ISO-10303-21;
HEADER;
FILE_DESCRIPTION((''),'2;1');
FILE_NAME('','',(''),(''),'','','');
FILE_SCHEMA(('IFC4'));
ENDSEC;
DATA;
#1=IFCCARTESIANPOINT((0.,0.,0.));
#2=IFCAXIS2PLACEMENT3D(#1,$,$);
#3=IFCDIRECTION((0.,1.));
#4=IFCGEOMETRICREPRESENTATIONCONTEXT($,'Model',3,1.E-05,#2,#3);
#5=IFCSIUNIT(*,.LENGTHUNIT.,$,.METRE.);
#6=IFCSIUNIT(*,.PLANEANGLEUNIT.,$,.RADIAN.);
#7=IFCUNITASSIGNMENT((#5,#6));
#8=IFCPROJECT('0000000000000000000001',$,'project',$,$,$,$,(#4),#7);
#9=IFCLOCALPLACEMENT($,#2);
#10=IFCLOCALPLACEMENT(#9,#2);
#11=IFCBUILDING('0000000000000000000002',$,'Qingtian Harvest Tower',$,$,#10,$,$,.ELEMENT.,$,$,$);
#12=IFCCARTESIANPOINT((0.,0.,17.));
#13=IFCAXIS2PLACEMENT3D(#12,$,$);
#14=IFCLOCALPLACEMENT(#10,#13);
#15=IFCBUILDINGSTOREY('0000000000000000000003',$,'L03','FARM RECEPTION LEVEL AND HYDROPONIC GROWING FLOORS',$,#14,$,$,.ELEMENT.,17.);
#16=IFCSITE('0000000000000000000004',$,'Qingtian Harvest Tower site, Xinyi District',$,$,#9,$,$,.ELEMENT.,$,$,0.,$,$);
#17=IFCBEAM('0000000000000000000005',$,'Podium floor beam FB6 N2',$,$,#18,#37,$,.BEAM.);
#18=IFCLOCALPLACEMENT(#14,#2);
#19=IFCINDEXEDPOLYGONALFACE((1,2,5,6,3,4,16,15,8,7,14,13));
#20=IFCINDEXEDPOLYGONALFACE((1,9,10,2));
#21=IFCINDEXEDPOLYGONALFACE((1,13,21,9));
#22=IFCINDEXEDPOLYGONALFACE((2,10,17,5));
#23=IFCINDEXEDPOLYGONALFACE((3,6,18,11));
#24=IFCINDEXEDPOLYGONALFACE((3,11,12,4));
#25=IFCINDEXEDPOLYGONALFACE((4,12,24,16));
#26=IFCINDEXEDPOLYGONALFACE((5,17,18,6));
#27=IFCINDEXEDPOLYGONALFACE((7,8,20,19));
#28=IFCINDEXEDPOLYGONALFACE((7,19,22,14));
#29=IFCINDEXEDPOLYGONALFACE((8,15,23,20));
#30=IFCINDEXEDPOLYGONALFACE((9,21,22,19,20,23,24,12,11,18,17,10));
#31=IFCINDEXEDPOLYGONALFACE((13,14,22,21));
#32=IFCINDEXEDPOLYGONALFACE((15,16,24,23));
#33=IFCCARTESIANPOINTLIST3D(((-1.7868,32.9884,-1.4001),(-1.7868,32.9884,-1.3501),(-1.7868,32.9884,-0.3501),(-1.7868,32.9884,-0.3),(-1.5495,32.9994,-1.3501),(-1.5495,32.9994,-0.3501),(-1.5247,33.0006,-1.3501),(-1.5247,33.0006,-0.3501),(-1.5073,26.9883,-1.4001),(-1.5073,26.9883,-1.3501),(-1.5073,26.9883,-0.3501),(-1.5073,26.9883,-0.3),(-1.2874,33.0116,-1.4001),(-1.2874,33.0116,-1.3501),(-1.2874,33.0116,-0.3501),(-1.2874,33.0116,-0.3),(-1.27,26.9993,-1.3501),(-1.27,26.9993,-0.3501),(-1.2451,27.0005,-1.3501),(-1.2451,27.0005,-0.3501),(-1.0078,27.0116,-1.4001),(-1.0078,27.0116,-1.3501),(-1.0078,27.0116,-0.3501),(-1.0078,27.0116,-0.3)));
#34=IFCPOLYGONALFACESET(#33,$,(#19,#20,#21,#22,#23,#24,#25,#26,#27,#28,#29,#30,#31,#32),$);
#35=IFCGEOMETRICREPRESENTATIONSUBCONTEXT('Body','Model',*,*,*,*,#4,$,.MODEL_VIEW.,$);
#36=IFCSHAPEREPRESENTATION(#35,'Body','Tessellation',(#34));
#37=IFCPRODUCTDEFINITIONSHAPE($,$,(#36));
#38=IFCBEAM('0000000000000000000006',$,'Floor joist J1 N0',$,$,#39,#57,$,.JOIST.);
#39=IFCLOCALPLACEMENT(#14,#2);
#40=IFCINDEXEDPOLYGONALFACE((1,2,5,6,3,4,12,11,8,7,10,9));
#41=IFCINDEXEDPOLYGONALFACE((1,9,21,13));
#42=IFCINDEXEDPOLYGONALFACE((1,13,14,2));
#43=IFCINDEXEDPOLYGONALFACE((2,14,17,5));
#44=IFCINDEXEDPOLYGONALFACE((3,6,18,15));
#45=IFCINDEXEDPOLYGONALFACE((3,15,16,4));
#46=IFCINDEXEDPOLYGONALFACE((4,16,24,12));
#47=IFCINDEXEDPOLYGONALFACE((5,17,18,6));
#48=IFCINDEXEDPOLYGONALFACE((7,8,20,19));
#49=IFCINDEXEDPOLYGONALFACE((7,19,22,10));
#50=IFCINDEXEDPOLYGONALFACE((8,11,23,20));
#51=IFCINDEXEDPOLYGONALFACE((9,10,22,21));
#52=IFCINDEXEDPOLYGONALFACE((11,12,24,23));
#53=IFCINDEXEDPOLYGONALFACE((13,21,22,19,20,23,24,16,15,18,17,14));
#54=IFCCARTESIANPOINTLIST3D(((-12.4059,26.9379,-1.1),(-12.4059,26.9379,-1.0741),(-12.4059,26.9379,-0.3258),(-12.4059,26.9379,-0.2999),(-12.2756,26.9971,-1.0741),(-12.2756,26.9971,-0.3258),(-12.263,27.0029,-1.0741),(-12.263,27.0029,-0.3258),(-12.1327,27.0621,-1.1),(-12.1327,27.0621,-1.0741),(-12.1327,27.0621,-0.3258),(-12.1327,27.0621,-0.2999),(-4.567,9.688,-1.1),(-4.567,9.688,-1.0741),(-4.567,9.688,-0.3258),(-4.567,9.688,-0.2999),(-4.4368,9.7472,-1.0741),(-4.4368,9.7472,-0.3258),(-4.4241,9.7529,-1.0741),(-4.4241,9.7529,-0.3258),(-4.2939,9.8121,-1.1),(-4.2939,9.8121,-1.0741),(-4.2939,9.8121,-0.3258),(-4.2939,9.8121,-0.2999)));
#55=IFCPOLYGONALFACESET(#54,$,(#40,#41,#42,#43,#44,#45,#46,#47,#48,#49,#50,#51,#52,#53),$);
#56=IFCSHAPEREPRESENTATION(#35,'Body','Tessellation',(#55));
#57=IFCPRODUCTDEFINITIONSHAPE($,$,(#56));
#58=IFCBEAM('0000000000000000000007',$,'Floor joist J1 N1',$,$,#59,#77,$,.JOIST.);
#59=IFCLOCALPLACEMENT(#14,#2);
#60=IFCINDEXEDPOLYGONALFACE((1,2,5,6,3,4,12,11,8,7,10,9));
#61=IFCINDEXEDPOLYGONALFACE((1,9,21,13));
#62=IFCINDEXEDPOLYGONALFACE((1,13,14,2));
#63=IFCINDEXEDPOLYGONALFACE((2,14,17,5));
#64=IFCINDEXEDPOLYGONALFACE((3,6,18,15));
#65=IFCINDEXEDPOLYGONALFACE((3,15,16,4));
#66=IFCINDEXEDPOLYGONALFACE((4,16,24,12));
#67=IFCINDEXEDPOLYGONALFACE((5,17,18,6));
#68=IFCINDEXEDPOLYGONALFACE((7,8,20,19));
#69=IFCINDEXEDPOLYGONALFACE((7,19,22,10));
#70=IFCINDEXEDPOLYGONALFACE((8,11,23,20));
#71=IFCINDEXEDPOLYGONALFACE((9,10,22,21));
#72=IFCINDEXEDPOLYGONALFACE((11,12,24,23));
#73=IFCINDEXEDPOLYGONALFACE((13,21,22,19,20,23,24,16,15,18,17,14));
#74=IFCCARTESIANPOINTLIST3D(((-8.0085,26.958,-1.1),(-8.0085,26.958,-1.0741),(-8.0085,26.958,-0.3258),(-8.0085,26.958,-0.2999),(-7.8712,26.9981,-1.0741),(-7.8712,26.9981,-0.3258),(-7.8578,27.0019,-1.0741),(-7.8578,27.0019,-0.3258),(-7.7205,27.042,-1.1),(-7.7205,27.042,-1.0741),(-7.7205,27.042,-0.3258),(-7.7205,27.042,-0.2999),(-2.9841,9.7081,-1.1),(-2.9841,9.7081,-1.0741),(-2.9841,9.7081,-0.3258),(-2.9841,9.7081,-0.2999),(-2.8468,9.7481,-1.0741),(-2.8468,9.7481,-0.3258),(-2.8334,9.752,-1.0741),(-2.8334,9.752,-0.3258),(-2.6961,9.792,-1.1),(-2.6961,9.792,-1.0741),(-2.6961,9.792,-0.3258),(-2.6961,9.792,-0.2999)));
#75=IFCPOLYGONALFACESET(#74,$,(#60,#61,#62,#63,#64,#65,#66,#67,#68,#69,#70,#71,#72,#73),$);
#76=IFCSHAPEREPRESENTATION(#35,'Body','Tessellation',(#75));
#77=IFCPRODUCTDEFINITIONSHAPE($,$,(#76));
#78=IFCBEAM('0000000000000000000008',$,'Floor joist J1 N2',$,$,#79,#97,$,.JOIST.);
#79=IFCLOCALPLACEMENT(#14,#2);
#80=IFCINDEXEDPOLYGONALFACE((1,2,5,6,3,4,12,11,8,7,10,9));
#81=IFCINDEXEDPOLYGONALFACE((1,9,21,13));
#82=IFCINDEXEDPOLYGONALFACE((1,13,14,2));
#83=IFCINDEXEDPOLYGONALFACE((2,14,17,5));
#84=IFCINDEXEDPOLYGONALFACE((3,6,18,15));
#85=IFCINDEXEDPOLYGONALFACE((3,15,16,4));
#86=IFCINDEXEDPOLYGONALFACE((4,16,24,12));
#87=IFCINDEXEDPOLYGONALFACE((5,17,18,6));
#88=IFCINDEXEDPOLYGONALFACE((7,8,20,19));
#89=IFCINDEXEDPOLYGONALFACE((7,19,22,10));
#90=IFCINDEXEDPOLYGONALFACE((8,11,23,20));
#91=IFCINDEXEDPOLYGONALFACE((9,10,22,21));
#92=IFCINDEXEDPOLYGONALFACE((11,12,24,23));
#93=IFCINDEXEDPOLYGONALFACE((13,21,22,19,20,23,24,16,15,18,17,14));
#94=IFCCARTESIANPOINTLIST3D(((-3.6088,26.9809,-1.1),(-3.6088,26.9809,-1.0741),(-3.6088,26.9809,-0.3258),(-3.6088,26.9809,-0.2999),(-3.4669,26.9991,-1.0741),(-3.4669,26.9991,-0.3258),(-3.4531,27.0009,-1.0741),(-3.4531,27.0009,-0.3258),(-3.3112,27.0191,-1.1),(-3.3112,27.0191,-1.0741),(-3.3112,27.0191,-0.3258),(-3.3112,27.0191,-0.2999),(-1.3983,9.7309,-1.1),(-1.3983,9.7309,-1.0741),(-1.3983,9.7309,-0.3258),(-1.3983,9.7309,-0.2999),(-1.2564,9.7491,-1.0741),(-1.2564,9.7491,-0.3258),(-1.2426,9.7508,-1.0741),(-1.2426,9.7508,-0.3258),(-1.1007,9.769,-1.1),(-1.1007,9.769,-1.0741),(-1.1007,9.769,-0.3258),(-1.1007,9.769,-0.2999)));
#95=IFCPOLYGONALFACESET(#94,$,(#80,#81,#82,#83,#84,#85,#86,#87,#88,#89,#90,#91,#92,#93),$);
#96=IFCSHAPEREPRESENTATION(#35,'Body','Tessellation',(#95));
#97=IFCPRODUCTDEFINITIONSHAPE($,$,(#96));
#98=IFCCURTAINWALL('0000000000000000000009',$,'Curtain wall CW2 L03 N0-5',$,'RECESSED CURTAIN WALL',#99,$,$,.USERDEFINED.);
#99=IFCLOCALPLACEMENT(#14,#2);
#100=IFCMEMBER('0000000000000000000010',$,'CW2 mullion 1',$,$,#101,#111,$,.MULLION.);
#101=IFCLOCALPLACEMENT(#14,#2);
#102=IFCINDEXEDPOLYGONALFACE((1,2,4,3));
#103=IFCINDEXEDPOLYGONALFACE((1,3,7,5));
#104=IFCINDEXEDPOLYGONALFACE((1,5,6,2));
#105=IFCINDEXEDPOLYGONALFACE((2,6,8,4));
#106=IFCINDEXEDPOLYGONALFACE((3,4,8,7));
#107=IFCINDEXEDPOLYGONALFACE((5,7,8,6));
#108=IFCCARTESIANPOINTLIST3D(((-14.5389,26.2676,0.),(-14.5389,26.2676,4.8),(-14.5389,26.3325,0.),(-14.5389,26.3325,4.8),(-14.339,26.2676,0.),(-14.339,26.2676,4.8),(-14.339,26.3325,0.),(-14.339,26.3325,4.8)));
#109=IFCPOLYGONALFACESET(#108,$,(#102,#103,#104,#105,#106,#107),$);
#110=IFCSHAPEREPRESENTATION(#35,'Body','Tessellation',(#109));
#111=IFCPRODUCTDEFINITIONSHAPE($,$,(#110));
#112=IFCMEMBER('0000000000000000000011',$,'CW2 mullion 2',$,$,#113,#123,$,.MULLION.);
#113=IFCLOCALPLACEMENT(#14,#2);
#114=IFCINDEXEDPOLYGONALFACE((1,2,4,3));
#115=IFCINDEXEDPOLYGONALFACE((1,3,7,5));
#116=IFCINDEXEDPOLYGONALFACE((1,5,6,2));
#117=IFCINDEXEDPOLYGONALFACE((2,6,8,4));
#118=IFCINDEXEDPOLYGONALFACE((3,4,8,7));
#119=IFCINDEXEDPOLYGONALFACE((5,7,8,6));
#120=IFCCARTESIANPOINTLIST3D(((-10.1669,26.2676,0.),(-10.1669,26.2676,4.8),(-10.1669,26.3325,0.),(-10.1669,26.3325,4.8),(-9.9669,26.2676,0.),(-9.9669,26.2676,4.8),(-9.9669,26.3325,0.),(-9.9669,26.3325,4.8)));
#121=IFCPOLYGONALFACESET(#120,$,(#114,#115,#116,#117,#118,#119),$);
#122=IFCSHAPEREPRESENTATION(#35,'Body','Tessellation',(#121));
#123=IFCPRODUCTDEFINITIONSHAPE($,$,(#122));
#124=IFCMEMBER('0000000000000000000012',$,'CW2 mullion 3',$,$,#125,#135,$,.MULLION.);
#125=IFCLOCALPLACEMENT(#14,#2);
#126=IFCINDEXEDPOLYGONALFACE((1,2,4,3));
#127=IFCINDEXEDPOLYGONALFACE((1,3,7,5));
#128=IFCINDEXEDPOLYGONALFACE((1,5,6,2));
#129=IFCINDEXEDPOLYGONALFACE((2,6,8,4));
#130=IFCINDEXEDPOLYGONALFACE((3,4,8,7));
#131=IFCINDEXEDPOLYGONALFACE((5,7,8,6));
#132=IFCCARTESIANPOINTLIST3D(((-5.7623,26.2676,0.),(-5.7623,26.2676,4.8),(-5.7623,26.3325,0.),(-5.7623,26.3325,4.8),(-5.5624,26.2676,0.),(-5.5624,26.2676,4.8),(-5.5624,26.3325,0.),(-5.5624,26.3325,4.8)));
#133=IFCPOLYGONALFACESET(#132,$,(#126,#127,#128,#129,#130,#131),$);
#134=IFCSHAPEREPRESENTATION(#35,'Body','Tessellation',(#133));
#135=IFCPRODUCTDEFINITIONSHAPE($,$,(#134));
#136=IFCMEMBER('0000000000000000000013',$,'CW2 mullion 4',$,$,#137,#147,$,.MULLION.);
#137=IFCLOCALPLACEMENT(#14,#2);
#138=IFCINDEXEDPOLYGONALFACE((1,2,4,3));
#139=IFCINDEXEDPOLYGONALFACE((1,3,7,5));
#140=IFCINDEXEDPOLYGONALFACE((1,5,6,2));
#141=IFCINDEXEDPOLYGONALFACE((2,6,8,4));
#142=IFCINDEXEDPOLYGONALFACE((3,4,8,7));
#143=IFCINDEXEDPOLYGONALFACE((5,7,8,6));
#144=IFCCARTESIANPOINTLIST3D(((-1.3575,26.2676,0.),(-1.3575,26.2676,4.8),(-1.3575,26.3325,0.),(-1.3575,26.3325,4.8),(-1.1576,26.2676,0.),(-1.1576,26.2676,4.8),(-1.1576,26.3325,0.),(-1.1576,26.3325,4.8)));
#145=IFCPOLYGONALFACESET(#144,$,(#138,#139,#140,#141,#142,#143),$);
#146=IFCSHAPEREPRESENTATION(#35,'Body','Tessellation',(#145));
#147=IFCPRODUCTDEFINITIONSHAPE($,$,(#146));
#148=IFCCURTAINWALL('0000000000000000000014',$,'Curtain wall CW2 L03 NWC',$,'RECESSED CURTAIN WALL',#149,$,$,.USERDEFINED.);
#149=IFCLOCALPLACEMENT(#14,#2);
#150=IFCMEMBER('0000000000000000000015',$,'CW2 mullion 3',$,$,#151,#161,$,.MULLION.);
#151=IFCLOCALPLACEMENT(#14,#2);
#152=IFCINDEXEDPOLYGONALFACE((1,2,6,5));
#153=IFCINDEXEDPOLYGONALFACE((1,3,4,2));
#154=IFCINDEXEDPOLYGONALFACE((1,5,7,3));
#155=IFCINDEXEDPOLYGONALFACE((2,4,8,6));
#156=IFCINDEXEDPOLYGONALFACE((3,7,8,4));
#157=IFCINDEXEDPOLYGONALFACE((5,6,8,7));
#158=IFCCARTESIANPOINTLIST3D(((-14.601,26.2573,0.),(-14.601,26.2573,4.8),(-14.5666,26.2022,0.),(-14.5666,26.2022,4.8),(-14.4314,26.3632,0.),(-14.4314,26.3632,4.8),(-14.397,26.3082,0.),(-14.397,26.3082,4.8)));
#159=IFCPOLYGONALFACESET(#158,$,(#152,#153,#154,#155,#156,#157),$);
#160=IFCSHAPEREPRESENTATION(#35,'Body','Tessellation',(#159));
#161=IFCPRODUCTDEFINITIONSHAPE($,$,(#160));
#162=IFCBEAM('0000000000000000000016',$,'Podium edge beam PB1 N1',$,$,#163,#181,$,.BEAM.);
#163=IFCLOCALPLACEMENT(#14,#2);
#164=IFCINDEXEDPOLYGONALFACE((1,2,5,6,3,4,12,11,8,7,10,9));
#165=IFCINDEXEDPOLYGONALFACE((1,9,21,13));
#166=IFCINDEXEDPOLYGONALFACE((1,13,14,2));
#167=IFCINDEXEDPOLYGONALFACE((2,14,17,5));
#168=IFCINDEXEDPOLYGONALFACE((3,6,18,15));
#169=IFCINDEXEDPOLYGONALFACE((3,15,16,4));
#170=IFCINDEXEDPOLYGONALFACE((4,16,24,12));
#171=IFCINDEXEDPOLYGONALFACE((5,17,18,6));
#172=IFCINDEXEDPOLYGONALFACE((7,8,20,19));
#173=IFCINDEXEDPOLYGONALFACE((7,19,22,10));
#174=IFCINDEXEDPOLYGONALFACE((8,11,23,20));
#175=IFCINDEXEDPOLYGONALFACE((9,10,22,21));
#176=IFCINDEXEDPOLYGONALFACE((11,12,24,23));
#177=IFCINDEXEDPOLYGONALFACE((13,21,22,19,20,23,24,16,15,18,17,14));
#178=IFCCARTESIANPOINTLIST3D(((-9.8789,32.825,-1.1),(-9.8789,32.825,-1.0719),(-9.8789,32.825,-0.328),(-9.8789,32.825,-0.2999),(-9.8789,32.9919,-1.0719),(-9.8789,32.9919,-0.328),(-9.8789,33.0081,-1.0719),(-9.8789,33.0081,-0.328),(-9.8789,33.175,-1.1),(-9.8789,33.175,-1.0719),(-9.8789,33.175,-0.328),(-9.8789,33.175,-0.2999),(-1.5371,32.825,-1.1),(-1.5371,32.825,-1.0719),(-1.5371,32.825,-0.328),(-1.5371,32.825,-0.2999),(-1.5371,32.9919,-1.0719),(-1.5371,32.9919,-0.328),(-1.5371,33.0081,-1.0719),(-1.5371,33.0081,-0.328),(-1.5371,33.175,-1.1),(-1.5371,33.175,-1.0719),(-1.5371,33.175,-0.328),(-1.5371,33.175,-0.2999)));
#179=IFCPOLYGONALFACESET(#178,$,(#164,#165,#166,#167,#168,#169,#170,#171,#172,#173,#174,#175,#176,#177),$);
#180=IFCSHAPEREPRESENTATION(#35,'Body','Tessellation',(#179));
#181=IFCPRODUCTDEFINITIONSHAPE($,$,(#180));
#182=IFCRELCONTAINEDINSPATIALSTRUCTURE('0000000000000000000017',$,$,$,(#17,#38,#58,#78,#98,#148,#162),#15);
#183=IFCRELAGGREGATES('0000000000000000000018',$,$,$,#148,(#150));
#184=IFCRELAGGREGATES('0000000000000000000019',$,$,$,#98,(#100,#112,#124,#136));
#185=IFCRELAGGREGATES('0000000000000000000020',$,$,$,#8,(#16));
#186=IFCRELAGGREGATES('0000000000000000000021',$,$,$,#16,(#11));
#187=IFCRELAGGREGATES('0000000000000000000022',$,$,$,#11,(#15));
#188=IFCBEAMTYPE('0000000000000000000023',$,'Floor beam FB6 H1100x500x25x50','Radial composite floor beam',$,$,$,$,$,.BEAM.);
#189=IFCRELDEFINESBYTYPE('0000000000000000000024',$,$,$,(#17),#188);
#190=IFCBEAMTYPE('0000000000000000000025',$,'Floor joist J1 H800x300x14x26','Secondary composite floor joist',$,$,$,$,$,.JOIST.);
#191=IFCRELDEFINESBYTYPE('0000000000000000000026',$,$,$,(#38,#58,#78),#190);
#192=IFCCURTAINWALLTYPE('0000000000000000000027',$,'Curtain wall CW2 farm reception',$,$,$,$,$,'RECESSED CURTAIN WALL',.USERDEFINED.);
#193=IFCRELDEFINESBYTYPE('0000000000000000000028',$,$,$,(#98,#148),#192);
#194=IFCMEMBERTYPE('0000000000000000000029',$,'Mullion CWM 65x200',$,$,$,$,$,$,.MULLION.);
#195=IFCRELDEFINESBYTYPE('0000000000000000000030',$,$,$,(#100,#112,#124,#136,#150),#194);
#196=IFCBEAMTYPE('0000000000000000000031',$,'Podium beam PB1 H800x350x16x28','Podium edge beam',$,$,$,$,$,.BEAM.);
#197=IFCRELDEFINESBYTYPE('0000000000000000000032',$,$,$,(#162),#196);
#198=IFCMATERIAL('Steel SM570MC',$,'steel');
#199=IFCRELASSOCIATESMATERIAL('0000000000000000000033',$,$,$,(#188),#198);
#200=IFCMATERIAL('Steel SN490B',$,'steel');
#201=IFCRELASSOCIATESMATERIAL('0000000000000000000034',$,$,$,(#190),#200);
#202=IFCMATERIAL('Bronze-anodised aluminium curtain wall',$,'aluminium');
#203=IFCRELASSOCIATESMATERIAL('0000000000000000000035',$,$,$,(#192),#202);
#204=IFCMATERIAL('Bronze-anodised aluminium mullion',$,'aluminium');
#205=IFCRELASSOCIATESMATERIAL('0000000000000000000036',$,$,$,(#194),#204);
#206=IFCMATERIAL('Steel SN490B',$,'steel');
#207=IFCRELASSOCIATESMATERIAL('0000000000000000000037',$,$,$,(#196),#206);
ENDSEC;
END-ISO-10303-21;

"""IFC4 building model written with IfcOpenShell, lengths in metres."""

from ifc_helpers import new_model, si_unit, direction, frame, origin, origin_2d, place, context, subcontext, project, spatial, rectangle, i_section, extrude, material, material_profile, profile_set, type_object, element, aggregate, save


model = new_model("IFC4")

# Units and contexts
model_context = context("Model", 3, precision=1e-05, world=origin(), true_north=direction((0.0, 1.0)))
body_context = subcontext(model_context, "Body", "Model", "MODEL_VIEW")
ifc_project = project(units=[si_unit("LENGTHUNIT", "METRE"), si_unit("PLANEANGLEUNIT", "RADIAN")], contexts=[model_context])

# Site, building, storey
site_placement = place(None, origin())
site = spatial("IfcSite", under=ifc_project, at=site_placement, Name="Qingtian Harvest Tower site, Xinyi District", CompositionType="ELEMENT", RefElevation=0.0)
building_placement = place(site_placement, origin())
building = spatial("IfcBuilding", under=site, at=building_placement, Name="Qingtian Harvest Tower", CompositionType="ELEMENT")
storey_placement = place(building_placement, frame((0.0, 0.0, 17.0)))
storey = spatial("IfcBuildingStorey", under=building, at=storey_placement, Name="L03", Description="FARM RECEPTION LEVEL AND HYDROPONIC GROWING FLOORS", CompositionType="ELEMENT", Elevation=17.0)

# Beams
ifc_material_1 = material(Name="Steel SM570MC", Category="steel")
ifc_material_profile_1 = material_profile(ifc_material_1, i_section(OverallWidth=0.5, OverallDepth=1.1001, WebThickness=0.0249, FlangeThickness=0.05, at=origin_2d()), Name="H1100x500x25x50")
ifc_profile_set_1 = profile_set([ifc_material_profile_1], Name="Steel SM570MC")
beam_type_1 = type_object("IfcBeamType", Name="Floor beam FB6 H1100x500x25x50", Description="Radial composite floor beam", PredefinedType="BEAM", material=ifc_profile_set_1)
beam_1_placement = place(storey_placement, frame((-1.5371, 33.0, -0.8501), z_axis=(0.04654, -0.998916, 0.0), x_axis=(0.998916, 0.04654, 0.0)))
element("IfcBeam", 1, at=beam_1_placement, inside=storey, type_object=beam_type_1, Name="Podium floor beam FB6 N2", PredefinedType="BEAM", context=body_context, shape_type="SweptSolid", body=[
    extrude(i_section(OverallWidth=0.5, OverallDepth=1.1001, WebThickness=0.0249, FlangeThickness=0.05, at=origin_2d()), origin(), (0.0, 0.0, 1.0), 6.0066),
])
ifc_material_2 = material(Name="Steel SN490B", Category="steel")
ifc_material_profile_2 = material_profile(ifc_material_2, i_section(OverallWidth=0.3, OverallDepth=0.8, WebThickness=0.0139, FlangeThickness=0.0259, at=origin_2d()), Name="H800x300x14x26")
ifc_profile_set_2 = profile_set([ifc_material_profile_2], Name="Steel SN490B")
beam_type_2 = type_object("IfcBeamType", Name="Floor joist J1 H800x300x14x26", Description="Secondary composite floor joist", PredefinedType="JOIST", material=ifc_profile_set_2)
beam_2_placement = place(storey_placement, frame((-12.2693, 27.0, -0.7), z_axis=(0.413714, -0.910407, 0.0), x_axis=(0.910407, 0.413714, 0.0)))
element("IfcBeam", 2, at=beam_2_placement, inside=storey, type_object=beam_type_2, Name="Floor joist J1 N0", PredefinedType="JOIST", context=body_context, shape_type="SweptSolid", body=[
    extrude(i_section(OverallWidth=0.3, OverallDepth=0.8, WebThickness=0.0139, FlangeThickness=0.0259, at=origin_2d()), origin(), (0.0, 0.0, 1.0), 18.9475),
])
beam_3_placement = place(storey_placement, frame((-7.8645, 27.0, -0.7), z_axis=(0.279649, -0.960102, 0.0), x_axis=(0.960102, 0.279649, 0.0)))
element("IfcBeam", 3, at=beam_3_placement, inside=storey, type_object=beam_type_2, Name="Floor joist J1 N1", PredefinedType="JOIST", context=body_context, shape_type="SweptSolid", body=[
    extrude(i_section(OverallWidth=0.3, OverallDepth=0.8, WebThickness=0.0139, FlangeThickness=0.0259, at=origin_2d()), origin(), (0.0, 0.0, 1.0), 17.9668),
])
beam_4_placement = place(storey_placement, frame((-3.46, 27.0, -0.7), z_axis=(0.127103, -0.99189, 0.0), x_axis=(0.99189, 0.127103, 0.0)))
element("IfcBeam", 4, at=beam_4_placement, inside=storey, type_object=beam_type_2, Name="Floor joist J1 N2", PredefinedType="JOIST", context=body_context, shape_type="SweptSolid", body=[
    extrude(i_section(OverallWidth=0.3, OverallDepth=0.8, WebThickness=0.0139, FlangeThickness=0.0259, at=origin_2d()), origin(), (0.0, 0.0, 1.0), 17.3911),
])

# Curtain wall, members
ifc_material_3 = material(Name="Bronze-anodised aluminium curtain wall", Category="aluminium")
curtain_wall_type = type_object("IfcCurtainWallType", Name="Curtain wall CW2 farm reception", ElementType="RECESSED CURTAIN WALL", PredefinedType="USERDEFINED", material=ifc_material_3)
curtain_wall_1_placement = place(storey_placement, origin())
curtain_wall_1 = element("IfcCurtainWall", 5, at=curtain_wall_1_placement, inside=storey, type_object=curtain_wall_type, Name="Curtain wall CW2 L03 N0-5", ObjectType="RECESSED CURTAIN WALL", PredefinedType="USERDEFINED")
ifc_material_4 = material(Name="Bronze-anodised aluminium mullion", Category="aluminium")
ifc_material_profile_3 = material_profile(ifc_material_4, rectangle(XDim=0.0649, YDim=0.2, at=origin_2d()), Name="AL 65x200")
ifc_profile_set_3 = profile_set([ifc_material_profile_3], Name="Bronze-anodised aluminium mullion")
member_type_1 = type_object("IfcMemberType", Name="Mullion CWM 65x200", PredefinedType="MULLION", material=ifc_profile_set_3)
member_1_placement = place(storey_placement, frame((-14.439, 26.3, 0.0), z_axis=(0.0, 0.0, 1.0), x_axis=(0.0, 1.0, 0.0)))
member_1 = element("IfcMember", 6, at=member_1_placement, type_object=member_type_1, Name="CW2 mullion 1", PredefinedType="MULLION", context=body_context, shape_type="SweptSolid", body=[
    extrude(rectangle(XDim=0.0649, YDim=0.2, at=origin_2d()), origin(), (0.0, 0.0, 1.0), 4.8),
])
member_2_placement = place(storey_placement, frame((-10.0669, 26.3, 0.0), z_axis=(0.0, 0.0, 1.0), x_axis=(0.0, 1.0, 0.0)))
member_2 = element("IfcMember", 7, at=member_2_placement, type_object=member_type_1, Name="CW2 mullion 2", PredefinedType="MULLION", context=body_context, shape_type="SweptSolid", body=[
    extrude(rectangle(XDim=0.0649, YDim=0.2, at=origin_2d()), origin(), (0.0, 0.0, 1.0), 4.8),
])
member_3_placement = place(storey_placement, frame((-5.6624, 26.3, 0.0), z_axis=(0.0, 0.0, 1.0), x_axis=(0.0, 1.0, 0.0)))
member_3 = element("IfcMember", 8, at=member_3_placement, type_object=member_type_1, Name="CW2 mullion 3", PredefinedType="MULLION", context=body_context, shape_type="SweptSolid", body=[
    extrude(rectangle(XDim=0.0649, YDim=0.2, at=origin_2d()), origin(), (0.0, 0.0, 1.0), 4.8),
])
member_4_placement = place(storey_placement, frame((-1.2576, 26.3, 0.0), z_axis=(0.0, 0.0, 1.0), x_axis=(0.0, 1.0, 0.0)))
member_4 = element("IfcMember", 9, at=member_4_placement, type_object=member_type_1, Name="CW2 mullion 4", PredefinedType="MULLION", context=body_context, shape_type="SweptSolid", body=[
    extrude(rectangle(XDim=0.0649, YDim=0.2, at=origin_2d()), origin(), (0.0, 0.0, 1.0), 4.8),
])

# Curtain wall, member
curtain_wall_2_placement = place(storey_placement, origin())
curtain_wall_2 = element("IfcCurtainWall", 10, at=curtain_wall_2_placement, inside=storey, type_object=curtain_wall_type, Name="Curtain wall CW2 L03 NWC", ObjectType="RECESSED CURTAIN WALL", PredefinedType="USERDEFINED")
member_5_placement = place(storey_placement, frame((-14.499, 26.2827, 0.0), z_axis=(0.0, 0.0, 1.0), x_axis=(-0.529919, 0.848048, 0.0)))
member_5 = element("IfcMember", 11, at=member_5_placement, type_object=member_type_1, Name="CW2 mullion 3", PredefinedType="MULLION", context=body_context, shape_type="SweptSolid", body=[
    extrude(rectangle(XDim=0.0649, YDim=0.2, at=origin_2d()), origin(), (0.0, 0.0, 1.0), 4.8),
])
aggregate(curtain_wall_2, [member_5])

# Beam
ifc_material_5 = material(Name="Steel SN490B", Category="steel")
ifc_material_profile_4 = material_profile(ifc_material_5, i_section(OverallWidth=0.3501, OverallDepth=0.8, WebThickness=0.0161, FlangeThickness=0.0281, at=origin_2d()), Name="H800x350x16x28")
ifc_profile_set_4 = profile_set([ifc_material_profile_4], Name="Steel SN490B")
beam_type_3 = type_object("IfcBeamType", Name="Podium beam PB1 H800x350x16x28", Description="Podium edge beam", PredefinedType="BEAM", material=ifc_profile_set_4)
for number, where, z_axis, x_axis, name in (
    (12, (-9.8789, 33.0, -0.7), (1.0, 0.0, 0.0), (0.0, 1.0, 0.0), "Podium edge beam PB1 N1"),
):
    element("IfcBeam", number, at=place(storey_placement, frame(where, z_axis=z_axis, x_axis=x_axis)), inside=storey, type_object=beam_type_3, Name=name, PredefinedType="BEAM", context=body_context, shape_type="SweptSolid", body=[
        extrude(i_section(OverallWidth=0.3501, OverallDepth=0.8, WebThickness=0.0161, FlangeThickness=0.0281, at=origin_2d()), origin(), (0.0, 0.0, 1.0), 8.3418),
    ])

aggregate(curtain_wall_1, [member_1, member_2, member_3, member_4])

save(model, "model.ifc")
